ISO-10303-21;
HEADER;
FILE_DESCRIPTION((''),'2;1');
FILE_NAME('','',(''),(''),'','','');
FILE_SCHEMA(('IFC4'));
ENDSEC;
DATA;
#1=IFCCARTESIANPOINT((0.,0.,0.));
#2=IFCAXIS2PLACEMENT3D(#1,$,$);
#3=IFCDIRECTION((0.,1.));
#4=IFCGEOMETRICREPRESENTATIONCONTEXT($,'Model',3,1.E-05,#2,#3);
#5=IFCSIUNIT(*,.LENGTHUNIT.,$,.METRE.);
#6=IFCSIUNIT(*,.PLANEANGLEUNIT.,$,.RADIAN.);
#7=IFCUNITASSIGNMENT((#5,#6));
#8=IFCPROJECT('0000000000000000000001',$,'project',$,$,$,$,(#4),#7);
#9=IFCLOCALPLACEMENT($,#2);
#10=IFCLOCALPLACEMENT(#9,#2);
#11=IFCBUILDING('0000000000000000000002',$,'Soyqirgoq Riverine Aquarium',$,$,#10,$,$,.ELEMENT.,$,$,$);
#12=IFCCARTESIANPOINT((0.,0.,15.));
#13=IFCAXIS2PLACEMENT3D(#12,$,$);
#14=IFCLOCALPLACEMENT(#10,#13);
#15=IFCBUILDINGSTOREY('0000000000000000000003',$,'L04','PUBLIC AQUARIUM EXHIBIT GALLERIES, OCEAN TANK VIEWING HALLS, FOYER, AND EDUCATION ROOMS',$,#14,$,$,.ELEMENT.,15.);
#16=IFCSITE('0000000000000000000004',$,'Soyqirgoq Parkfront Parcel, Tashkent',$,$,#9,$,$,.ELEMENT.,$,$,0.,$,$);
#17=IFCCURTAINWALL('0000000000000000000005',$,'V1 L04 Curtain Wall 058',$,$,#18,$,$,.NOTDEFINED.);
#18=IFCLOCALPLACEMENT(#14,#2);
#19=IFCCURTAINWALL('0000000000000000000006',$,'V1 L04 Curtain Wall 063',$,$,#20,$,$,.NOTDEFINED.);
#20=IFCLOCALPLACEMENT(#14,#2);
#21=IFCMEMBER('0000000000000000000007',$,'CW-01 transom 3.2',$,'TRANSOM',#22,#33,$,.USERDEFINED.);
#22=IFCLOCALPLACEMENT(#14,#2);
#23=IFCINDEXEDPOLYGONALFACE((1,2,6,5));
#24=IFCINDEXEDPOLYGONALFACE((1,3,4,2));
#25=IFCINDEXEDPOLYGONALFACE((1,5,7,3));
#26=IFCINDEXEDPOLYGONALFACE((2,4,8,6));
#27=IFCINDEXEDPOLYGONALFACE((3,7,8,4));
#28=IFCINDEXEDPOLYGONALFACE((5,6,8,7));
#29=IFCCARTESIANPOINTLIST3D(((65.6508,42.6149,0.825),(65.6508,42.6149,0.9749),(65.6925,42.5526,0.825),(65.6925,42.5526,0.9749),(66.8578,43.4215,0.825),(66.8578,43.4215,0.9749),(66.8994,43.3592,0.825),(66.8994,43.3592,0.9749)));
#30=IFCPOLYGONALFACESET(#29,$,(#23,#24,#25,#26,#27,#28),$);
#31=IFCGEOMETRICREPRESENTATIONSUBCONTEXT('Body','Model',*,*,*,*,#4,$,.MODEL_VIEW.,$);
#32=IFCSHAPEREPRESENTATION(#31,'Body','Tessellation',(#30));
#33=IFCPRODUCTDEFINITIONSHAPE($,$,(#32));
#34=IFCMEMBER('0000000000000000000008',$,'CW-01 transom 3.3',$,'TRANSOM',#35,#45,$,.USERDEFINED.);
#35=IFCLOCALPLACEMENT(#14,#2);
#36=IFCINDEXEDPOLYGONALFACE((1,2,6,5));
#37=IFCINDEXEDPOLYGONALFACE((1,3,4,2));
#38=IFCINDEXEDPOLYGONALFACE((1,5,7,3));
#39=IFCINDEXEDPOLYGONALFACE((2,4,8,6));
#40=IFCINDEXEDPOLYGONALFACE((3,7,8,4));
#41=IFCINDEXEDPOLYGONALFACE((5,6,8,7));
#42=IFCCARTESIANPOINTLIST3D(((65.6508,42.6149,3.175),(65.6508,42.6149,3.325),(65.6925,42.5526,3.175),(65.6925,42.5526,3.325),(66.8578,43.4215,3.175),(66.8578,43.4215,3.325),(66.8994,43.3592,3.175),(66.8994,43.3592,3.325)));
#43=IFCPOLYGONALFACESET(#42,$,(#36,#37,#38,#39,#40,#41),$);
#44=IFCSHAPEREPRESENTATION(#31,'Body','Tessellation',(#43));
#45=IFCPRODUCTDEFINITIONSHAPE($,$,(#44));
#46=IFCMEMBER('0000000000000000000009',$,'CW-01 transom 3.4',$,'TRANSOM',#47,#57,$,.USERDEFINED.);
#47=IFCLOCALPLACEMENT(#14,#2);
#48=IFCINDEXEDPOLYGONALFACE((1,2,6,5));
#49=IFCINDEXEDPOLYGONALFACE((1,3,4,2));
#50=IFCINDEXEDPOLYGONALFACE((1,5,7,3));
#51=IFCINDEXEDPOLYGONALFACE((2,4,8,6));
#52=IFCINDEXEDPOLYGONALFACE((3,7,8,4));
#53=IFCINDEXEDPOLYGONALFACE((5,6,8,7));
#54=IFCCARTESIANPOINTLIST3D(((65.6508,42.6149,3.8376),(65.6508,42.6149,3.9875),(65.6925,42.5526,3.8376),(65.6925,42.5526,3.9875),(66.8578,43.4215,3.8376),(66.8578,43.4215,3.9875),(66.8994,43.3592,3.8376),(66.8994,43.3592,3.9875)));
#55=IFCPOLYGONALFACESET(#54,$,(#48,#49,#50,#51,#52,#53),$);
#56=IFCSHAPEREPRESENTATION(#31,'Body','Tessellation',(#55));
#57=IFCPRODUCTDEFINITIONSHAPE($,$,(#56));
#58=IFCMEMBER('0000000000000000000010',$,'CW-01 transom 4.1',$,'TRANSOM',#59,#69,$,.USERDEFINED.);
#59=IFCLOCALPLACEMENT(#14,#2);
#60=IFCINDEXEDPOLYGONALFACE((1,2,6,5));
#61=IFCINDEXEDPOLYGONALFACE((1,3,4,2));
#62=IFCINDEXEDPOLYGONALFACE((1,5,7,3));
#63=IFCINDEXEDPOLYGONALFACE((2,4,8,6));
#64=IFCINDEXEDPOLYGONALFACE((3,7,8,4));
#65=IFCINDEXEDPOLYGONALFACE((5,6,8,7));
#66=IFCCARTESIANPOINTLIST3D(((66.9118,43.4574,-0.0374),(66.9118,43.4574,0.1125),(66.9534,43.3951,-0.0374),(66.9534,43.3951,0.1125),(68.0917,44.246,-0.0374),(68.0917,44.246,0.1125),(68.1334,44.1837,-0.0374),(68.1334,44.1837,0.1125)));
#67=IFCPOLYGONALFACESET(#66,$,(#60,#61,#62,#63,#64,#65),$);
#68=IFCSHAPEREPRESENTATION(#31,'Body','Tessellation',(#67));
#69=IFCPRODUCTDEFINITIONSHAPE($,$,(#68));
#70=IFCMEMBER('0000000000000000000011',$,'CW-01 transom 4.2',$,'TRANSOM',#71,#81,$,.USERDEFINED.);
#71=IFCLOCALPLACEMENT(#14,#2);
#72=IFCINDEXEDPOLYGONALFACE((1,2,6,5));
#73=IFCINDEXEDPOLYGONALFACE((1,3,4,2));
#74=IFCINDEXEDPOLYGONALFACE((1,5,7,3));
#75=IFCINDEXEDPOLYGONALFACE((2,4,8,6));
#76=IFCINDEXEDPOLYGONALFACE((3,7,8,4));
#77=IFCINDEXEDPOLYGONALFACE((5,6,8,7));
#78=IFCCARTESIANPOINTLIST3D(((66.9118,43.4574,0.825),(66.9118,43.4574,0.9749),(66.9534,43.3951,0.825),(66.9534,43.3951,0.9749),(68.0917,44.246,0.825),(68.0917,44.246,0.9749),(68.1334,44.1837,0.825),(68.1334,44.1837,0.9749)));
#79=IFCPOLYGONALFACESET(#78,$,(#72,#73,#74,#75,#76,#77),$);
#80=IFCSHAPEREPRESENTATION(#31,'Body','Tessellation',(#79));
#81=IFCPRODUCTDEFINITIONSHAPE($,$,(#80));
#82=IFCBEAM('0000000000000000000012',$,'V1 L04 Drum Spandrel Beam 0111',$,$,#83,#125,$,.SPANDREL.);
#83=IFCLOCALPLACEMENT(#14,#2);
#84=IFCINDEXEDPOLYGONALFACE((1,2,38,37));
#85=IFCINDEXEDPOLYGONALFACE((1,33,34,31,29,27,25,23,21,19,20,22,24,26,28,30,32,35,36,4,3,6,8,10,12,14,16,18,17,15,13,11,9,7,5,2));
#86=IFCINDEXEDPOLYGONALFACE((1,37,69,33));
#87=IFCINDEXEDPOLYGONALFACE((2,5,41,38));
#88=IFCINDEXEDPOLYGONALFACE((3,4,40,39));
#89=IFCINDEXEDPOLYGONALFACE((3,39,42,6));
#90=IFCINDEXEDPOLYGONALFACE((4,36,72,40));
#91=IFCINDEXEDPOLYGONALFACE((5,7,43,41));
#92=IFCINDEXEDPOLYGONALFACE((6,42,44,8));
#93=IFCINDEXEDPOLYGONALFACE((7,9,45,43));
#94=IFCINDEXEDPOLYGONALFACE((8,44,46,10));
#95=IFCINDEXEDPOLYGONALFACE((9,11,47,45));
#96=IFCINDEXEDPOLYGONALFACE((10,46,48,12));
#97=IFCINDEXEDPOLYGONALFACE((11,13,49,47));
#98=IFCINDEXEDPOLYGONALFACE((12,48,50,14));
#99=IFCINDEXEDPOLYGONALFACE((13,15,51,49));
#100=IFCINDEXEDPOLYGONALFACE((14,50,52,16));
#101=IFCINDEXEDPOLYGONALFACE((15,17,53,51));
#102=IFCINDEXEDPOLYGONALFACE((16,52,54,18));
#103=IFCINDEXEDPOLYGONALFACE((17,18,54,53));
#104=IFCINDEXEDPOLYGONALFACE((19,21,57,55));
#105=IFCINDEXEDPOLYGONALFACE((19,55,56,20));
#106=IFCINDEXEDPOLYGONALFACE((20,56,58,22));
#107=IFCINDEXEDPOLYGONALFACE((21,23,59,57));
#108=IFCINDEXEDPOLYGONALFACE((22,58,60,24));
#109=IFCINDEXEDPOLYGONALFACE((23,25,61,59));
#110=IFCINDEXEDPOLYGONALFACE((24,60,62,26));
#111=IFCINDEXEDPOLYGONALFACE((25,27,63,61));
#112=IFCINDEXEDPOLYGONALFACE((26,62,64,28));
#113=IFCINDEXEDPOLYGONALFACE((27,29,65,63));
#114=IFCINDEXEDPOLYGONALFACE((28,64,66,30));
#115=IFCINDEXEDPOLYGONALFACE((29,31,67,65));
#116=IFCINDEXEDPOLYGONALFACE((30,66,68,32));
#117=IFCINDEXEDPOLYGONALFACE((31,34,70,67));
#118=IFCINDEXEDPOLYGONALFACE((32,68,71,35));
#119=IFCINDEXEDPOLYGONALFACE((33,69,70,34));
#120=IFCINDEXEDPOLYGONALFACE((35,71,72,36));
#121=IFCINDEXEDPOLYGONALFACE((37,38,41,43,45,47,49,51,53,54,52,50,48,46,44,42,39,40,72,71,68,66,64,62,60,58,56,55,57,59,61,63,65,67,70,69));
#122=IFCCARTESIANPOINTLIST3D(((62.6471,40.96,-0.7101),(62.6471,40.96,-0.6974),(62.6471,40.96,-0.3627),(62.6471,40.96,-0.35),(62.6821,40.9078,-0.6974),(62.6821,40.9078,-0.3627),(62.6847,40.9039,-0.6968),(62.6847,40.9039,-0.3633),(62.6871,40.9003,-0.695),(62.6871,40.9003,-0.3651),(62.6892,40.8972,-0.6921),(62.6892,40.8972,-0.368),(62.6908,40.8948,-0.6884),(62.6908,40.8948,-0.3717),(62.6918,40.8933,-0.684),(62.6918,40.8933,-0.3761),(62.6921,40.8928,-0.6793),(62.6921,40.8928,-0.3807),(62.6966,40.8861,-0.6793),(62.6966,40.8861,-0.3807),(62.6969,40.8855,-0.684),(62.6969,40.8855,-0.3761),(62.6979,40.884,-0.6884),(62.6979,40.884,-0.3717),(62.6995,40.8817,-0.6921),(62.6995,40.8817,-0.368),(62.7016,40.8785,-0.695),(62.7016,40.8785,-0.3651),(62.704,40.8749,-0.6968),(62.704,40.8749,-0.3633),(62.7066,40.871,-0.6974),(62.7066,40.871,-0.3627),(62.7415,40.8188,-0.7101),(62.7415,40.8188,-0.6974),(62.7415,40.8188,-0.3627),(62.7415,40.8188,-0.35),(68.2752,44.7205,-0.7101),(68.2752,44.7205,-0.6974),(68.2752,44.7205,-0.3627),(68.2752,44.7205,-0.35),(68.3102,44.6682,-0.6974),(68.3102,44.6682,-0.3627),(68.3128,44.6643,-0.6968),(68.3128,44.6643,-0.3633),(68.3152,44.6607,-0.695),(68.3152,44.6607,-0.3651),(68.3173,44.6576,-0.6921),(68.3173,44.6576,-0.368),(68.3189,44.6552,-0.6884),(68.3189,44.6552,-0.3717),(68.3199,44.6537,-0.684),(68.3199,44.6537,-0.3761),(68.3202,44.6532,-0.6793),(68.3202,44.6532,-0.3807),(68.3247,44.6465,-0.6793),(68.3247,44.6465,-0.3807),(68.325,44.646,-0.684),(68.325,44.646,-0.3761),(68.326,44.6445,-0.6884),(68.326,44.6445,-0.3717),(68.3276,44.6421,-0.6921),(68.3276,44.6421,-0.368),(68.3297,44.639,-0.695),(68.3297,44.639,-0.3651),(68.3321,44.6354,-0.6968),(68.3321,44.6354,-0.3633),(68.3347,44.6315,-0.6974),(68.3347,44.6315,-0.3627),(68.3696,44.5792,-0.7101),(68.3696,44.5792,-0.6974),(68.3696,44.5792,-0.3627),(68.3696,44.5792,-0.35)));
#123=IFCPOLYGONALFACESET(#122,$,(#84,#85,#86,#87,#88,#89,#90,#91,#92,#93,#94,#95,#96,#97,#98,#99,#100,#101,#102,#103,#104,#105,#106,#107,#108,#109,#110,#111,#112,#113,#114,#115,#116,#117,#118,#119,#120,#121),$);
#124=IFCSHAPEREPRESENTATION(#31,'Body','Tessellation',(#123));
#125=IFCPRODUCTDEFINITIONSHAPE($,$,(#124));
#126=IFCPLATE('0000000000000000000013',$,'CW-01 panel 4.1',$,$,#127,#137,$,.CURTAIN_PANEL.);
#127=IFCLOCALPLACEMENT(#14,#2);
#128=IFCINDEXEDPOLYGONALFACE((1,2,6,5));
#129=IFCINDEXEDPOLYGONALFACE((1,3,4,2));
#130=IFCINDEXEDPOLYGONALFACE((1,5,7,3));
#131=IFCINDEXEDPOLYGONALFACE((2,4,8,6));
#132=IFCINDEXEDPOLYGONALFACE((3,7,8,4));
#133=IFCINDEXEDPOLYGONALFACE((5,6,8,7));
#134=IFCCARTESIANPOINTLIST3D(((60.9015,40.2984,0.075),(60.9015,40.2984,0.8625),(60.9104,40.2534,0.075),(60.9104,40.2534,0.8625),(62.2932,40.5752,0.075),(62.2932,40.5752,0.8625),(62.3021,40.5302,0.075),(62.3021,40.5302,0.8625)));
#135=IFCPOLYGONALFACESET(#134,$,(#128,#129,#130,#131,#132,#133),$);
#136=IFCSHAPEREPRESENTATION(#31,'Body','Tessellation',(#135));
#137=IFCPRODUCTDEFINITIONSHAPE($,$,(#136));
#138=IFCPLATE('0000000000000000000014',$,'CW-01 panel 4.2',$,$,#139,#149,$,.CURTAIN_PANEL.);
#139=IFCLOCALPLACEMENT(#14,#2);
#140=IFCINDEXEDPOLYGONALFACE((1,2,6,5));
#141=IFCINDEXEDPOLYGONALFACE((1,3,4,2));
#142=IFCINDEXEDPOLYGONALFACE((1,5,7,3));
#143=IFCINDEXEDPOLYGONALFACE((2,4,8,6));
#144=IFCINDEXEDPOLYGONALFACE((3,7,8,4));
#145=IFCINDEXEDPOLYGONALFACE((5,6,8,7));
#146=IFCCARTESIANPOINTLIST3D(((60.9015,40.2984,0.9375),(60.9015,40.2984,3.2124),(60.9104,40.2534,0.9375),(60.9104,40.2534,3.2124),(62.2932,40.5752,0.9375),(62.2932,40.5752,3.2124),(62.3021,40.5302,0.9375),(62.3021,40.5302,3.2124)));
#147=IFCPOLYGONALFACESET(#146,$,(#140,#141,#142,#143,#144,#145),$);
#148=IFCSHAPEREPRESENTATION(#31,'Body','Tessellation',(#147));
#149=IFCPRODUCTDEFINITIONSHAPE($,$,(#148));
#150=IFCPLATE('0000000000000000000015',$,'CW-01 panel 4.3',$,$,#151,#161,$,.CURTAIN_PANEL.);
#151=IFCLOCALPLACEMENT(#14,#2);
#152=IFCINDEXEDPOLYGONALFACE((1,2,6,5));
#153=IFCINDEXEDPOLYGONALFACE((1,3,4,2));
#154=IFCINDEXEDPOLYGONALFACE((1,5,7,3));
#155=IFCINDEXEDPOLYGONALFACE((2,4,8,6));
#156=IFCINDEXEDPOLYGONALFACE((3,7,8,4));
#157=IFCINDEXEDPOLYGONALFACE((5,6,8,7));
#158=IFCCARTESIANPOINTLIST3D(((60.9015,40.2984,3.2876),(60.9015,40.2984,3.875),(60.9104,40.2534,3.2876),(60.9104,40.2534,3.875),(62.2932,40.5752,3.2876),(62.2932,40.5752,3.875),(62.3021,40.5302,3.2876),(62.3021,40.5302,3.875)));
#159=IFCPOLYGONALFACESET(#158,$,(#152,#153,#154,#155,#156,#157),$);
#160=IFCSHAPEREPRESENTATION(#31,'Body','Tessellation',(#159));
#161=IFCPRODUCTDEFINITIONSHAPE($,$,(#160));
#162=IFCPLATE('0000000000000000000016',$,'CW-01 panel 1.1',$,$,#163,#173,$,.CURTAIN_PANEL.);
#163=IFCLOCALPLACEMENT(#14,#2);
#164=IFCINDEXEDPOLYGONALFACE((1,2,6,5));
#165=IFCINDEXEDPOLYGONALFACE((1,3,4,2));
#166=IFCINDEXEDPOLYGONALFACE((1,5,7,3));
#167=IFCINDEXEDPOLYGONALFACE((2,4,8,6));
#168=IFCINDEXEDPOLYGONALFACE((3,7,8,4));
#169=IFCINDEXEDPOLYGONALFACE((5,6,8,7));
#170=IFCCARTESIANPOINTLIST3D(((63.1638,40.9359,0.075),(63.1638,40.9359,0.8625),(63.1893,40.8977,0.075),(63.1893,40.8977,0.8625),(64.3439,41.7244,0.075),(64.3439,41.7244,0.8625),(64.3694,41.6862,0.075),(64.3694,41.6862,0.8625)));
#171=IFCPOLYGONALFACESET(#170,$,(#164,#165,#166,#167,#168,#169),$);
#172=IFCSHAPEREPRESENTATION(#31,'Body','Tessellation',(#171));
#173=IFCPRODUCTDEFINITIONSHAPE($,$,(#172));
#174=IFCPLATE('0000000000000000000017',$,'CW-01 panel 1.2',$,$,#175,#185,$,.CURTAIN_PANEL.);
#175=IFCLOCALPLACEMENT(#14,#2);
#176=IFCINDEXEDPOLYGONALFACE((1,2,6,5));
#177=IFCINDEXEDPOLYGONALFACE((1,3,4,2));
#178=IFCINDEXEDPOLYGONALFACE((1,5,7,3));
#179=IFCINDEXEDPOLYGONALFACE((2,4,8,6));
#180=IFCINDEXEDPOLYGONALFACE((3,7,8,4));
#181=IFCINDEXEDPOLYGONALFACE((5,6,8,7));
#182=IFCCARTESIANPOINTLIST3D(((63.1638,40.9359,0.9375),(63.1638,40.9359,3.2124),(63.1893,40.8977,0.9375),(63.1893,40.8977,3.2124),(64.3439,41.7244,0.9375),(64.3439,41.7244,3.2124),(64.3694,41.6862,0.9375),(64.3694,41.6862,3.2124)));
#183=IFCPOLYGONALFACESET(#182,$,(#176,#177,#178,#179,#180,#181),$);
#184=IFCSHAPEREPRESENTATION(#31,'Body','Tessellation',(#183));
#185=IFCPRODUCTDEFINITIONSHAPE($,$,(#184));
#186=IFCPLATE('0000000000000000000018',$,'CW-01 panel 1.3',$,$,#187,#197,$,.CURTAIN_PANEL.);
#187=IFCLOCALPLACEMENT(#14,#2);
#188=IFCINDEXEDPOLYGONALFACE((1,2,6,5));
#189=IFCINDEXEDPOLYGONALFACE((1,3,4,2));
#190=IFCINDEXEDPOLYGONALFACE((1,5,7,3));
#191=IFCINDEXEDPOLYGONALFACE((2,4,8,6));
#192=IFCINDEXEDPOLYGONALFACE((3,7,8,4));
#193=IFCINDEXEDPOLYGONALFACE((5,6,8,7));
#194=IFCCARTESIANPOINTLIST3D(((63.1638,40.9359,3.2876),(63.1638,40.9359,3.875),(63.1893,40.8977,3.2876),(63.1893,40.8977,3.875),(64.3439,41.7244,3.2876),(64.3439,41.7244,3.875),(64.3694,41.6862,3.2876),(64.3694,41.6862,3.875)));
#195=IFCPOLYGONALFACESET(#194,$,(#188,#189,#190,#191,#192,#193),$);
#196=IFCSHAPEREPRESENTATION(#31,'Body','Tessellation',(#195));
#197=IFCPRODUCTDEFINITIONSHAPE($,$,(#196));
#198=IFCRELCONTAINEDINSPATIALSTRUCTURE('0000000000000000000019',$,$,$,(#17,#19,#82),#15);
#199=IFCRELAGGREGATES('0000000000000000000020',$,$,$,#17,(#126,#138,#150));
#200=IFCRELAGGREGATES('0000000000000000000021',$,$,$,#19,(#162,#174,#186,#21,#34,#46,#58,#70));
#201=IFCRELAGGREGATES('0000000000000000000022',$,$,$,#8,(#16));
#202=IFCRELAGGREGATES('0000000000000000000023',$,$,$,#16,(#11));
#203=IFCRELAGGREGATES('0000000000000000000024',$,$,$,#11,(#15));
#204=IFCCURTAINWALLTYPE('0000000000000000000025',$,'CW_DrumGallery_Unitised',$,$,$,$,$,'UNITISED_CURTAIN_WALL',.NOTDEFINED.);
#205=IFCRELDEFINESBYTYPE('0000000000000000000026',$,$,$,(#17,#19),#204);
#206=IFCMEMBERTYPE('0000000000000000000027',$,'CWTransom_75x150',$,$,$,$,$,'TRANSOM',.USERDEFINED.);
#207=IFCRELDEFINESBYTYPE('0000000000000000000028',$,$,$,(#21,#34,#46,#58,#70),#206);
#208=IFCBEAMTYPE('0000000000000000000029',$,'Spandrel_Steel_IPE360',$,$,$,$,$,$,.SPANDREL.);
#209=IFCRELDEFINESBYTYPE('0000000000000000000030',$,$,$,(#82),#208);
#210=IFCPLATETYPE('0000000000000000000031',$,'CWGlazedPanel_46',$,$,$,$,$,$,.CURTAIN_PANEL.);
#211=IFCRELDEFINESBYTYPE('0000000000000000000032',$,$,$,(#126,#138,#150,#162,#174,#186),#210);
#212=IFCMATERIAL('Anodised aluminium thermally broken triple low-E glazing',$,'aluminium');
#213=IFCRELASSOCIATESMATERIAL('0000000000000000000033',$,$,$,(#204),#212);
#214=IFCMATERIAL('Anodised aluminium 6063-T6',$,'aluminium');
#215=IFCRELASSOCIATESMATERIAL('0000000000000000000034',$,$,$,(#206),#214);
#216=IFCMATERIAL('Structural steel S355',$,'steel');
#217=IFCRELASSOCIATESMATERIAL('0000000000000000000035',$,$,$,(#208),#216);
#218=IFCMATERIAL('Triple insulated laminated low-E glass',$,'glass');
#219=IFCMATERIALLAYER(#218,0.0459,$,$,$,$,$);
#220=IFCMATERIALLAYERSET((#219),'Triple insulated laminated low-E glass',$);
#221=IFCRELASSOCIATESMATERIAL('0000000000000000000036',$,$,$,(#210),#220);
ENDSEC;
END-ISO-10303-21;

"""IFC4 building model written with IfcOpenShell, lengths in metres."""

from ifc_helpers import new_model, si_unit, direction, frame, origin, origin_2d, place, context, subcontext, project, spatial, rectangle, i_section, extrude, material, layer, layer_set, material_profile, profile_set, type_object, element, aggregate, save


model = new_model("IFC4")

# Units and contexts
model_context = context("Model", 3, precision=1e-05, world=origin(), true_north=direction((0.0, 1.0)))
body_context = subcontext(model_context, "Body", "Model", "MODEL_VIEW")
ifc_project = project(units=[si_unit("LENGTHUNIT", "METRE"), si_unit("PLANEANGLEUNIT", "RADIAN")], contexts=[model_context])

# Site, building, storey
site_placement = place(None, origin())
site = spatial("IfcSite", under=ifc_project, at=site_placement, Name="Soyqirgoq Parkfront Parcel, Tashkent", CompositionType="ELEMENT", RefElevation=0.0)
building_placement = place(site_placement, origin())
building = spatial("IfcBuilding", under=site, at=building_placement, Name="Soyqirgoq Riverine Aquarium", CompositionType="ELEMENT")
storey_placement = place(building_placement, frame((0.0, 0.0, 15.0)))
storey = spatial("IfcBuildingStorey", under=building, at=storey_placement, Name="L04", Description="PUBLIC AQUARIUM EXHIBIT GALLERIES, OCEAN TANK VIEWING HALLS, FOYER, AND EDUCATION ROOMS", CompositionType="ELEMENT", Elevation=15.0)

# Curtain wall
ifc_material_1 = material(Name="Anodised aluminium thermally broken triple low-E glazing", Category="aluminium")
curtain_wall_type = type_object("IfcCurtainWallType", Name="CW_DrumGallery_Unitised", ElementType="UNITISED_CURTAIN_WALL", PredefinedType="NOTDEFINED", material=ifc_material_1)
curtain_wall_1_placement = place(storey_placement, origin())
curtain_wall_1 = element("IfcCurtainWall", 1, at=curtain_wall_1_placement, inside=storey, type_object=curtain_wall_type, Name="V1 L04 Curtain Wall 058", PredefinedType="NOTDEFINED")

# Curtain wall, members
curtain_wall_2_placement = place(storey_placement, origin())
curtain_wall_2 = element("IfcCurtainWall", 2, at=curtain_wall_2_placement, inside=storey, type_object=curtain_wall_type, Name="V1 L04 Curtain Wall 063", PredefinedType="NOTDEFINED")
ifc_material_2 = material(Name="Anodised aluminium 6063-T6", Category="aluminium")
ifc_material_profile_1 = material_profile(ifc_material_2, rectangle(XDim=0.075, YDim=0.1499, at=origin_2d()), Name="ALU-T 75x150")
ifc_profile_set_1 = profile_set([ifc_material_profile_1], Name="Anodised aluminium 6063-T6")
member_type_1 = type_object("IfcMemberType", Name="CWTransom_75x150", ElementType="TRANSOM", PredefinedType="USERDEFINED", material=ifc_profile_set_1)
member_1_placement = place(storey_placement, frame((65.6716, 42.5837, 0.8999), z_axis=(0.831429, 0.555631, 0.0), x_axis=(-0.555631, 0.831429, 0.0)))
member_1 = element("IfcMember", 3, at=member_1_placement, type_object=member_type_1, Name="CW-01 transom 3.2", ObjectType="TRANSOM", PredefinedType="USERDEFINED", context=body_context, shape_type="SweptSolid", body=[
    extrude(rectangle(XDim=0.075, YDim=0.1499, at=origin_2d()), origin(), (0.0, 0.0, 1.0), 1.4517),
])
member_2_placement = place(storey_placement, frame((65.6716, 42.5837, 3.25), z_axis=(0.831429, 0.555631, 0.0), x_axis=(-0.555631, 0.831429, 0.0)))
member_2 = element("IfcMember", 4, at=member_2_placement, type_object=member_type_1, Name="CW-01 transom 3.3", ObjectType="TRANSOM", PredefinedType="USERDEFINED", context=body_context, shape_type="SweptSolid", body=[
    extrude(rectangle(XDim=0.075, YDim=0.1499, at=origin_2d()), origin(), (0.0, 0.0, 1.0), 1.4517),
])
member_3_placement = place(storey_placement, frame((65.6716, 42.5837, 3.9126), z_axis=(0.831429, 0.555631, 0.0), x_axis=(-0.555631, 0.831429, 0.0)))
member_3 = element("IfcMember", 5, at=member_3_placement, type_object=member_type_1, Name="CW-01 transom 3.4", ObjectType="TRANSOM", PredefinedType="USERDEFINED", context=body_context, shape_type="SweptSolid", body=[
    extrude(rectangle(XDim=0.075, YDim=0.1499, at=origin_2d()), origin(), (0.0, 0.0, 1.0), 1.4517),
])
member_4_placement = place(storey_placement, frame((66.9326, 43.4263, 0.0376), z_axis=(0.831415, 0.555653, 0.0), x_axis=(-0.555653, 0.831415, 0.0)))
member_4 = element("IfcMember", 6, at=member_4_placement, type_object=member_type_1, Name="CW-01 transom 4.1", ObjectType="TRANSOM", PredefinedType="USERDEFINED", context=body_context, shape_type="SweptSolid", body=[
    extrude(rectangle(XDim=0.075, YDim=0.1499, at=origin_2d()), origin(), (0.0, 0.0, 1.0), 1.4192),
])
member_5_placement = place(storey_placement, frame((66.9326, 43.4263, 0.8999), z_axis=(0.831415, 0.555653, 0.0), x_axis=(-0.555653, 0.831415, 0.0)))
member_5 = element("IfcMember", 7, at=member_5_placement, type_object=member_type_1, Name="CW-01 transom 4.2", ObjectType="TRANSOM", PredefinedType="USERDEFINED", context=body_context, shape_type="SweptSolid", body=[
    extrude(rectangle(XDim=0.075, YDim=0.1499, at=origin_2d()), origin(), (0.0, 0.0, 1.0), 1.4192),
])

# Beam
ifc_material_3 = material(Name="Structural steel S355", Category="steel")
ifc_material_profile_2 = material_profile(ifc_material_3, i_section(OverallWidth=0.1699, OverallDepth=0.3601, WebThickness=0.0081, FlangeThickness=0.0127, FilletRadius=0.0181, at=origin_2d()), Name="IPE 360")
ifc_profile_set_2 = profile_set([ifc_material_profile_2], Name="Structural steel S355")
beam_type = type_object("IfcBeamType", Name="Spandrel_Steel_IPE360", PredefinedType="SPANDREL", material=ifc_profile_set_2)
beam_placement = place(storey_placement, frame((62.6943, 40.8894, -0.53), z_axis=(0.831478, 0.555557, 0.0), x_axis=(-0.555557, 0.831478, 0.0)))
element("IfcBeam", 8, at=beam_placement, inside=storey, type_object=beam_type, Name="V1 L04 Drum Spandrel Beam 0111", PredefinedType="SPANDREL", context=body_context, shape_type="SweptSolid", body=[
    extrude(i_section(OverallWidth=0.1699, OverallDepth=0.3601, WebThickness=0.0081, FlangeThickness=0.0127, FilletRadius=0.0181, at=origin_2d()), origin(), (0.0, 0.0, 1.0), 6.7688),
])

# Plates
ifc_material_4 = material(Name="Triple insulated laminated low-E glass", Category="glass")
ifc_layer_1 = layer(ifc_material_4, 0.0459)
ifc_layer_set_1 = layer_set([ifc_layer_1], Name="Triple insulated laminated low-E glass")
plate_type = type_object("IfcPlateType", Name="CWGlazedPanel_46", PredefinedType="CURTAIN_PANEL", material=ifc_layer_set_1)
plate_1_placement = place(storey_placement, frame((61.6018, 40.4143, 0.075), z_axis=(0.0, 0.0, 1.0), x_axis=(0.980783, 0.195102, 0.0)))
plate_1 = element("IfcPlate", 9, at=plate_1_placement, type_object=plate_type, Name="CW-01 panel 4.1", PredefinedType="CURTAIN_PANEL", context=body_context, shape_type="SweptSolid", body=[
    extrude(rectangle(XDim=1.4189, YDim=0.0459, at=origin_2d()), origin(), (0.0, 0.0, 1.0), 0.7876),
])
plate_2_placement = place(storey_placement, frame((61.6018, 40.4143, 0.9375), z_axis=(0.0, 0.0, 1.0), x_axis=(0.980783, 0.195102, 0.0)))
plate_2 = element("IfcPlate", 10, at=plate_2_placement, type_object=plate_type, Name="CW-01 panel 4.2", PredefinedType="CURTAIN_PANEL", context=body_context, shape_type="SweptSolid", body=[
    extrude(rectangle(XDim=1.4189, YDim=0.0459, at=origin_2d()), origin(), (0.0, 0.0, 1.0), 2.2749),
])
plate_3_placement = place(storey_placement, frame((61.6018, 40.4143, 3.2876), z_axis=(0.0, 0.0, 1.0), x_axis=(0.980783, 0.195102, 0.0)))
plate_3 = element("IfcPlate", 11, at=plate_3_placement, type_object=plate_type, Name="CW-01 panel 4.3", PredefinedType="CURTAIN_PANEL", context=body_context, shape_type="SweptSolid", body=[
    extrude(rectangle(XDim=1.4189, YDim=0.0459, at=origin_2d()), origin(), (0.0, 0.0, 1.0), 0.5874),
])
aggregate(curtain_wall_1, [plate_1, plate_2, plate_3])
plate_4_placement = place(storey_placement, frame((63.7666, 41.311, 0.075), z_axis=(0.0, 0.0, 1.0), x_axis=(0.831464, 0.555579, 0.0)))
plate_4 = element("IfcPlate", 12, at=plate_4_placement, type_object=plate_type, Name="CW-01 panel 1.1", PredefinedType="CURTAIN_PANEL", context=body_context, shape_type="SweptSolid", body=[
    extrude(rectangle(XDim=1.4192, YDim=0.0459, at=origin_2d()), origin(), (0.0, 0.0, 1.0), 0.7876),
])
plate_5_placement = place(storey_placement, frame((63.7666, 41.311, 0.9375), z_axis=(0.0, 0.0, 1.0), x_axis=(0.831464, 0.555579, 0.0)))
plate_5 = element("IfcPlate", 13, at=plate_5_placement, type_object=plate_type, Name="CW-01 panel 1.2", PredefinedType="CURTAIN_PANEL", context=body_context, shape_type="SweptSolid", body=[
    extrude(rectangle(XDim=1.4192, YDim=0.0459, at=origin_2d()), origin(), (0.0, 0.0, 1.0), 2.2749),
])
plate_6_placement = place(storey_placement, frame((63.7666, 41.311, 3.2876), z_axis=(0.0, 0.0, 1.0), x_axis=(0.831464, 0.555579, 0.0)))
plate_6 = element("IfcPlate", 14, at=plate_6_placement, type_object=plate_type, Name="CW-01 panel 1.3", PredefinedType="CURTAIN_PANEL", context=body_context, shape_type="SweptSolid", body=[
    extrude(rectangle(XDim=1.4192, YDim=0.0459, at=origin_2d()), origin(), (0.0, 0.0, 1.0), 0.5874),
])
aggregate(curtain_wall_2, [plate_4, plate_5, plate_6, member_1, member_2, member_3, member_4, member_5])

save(model, "model.ifc")
